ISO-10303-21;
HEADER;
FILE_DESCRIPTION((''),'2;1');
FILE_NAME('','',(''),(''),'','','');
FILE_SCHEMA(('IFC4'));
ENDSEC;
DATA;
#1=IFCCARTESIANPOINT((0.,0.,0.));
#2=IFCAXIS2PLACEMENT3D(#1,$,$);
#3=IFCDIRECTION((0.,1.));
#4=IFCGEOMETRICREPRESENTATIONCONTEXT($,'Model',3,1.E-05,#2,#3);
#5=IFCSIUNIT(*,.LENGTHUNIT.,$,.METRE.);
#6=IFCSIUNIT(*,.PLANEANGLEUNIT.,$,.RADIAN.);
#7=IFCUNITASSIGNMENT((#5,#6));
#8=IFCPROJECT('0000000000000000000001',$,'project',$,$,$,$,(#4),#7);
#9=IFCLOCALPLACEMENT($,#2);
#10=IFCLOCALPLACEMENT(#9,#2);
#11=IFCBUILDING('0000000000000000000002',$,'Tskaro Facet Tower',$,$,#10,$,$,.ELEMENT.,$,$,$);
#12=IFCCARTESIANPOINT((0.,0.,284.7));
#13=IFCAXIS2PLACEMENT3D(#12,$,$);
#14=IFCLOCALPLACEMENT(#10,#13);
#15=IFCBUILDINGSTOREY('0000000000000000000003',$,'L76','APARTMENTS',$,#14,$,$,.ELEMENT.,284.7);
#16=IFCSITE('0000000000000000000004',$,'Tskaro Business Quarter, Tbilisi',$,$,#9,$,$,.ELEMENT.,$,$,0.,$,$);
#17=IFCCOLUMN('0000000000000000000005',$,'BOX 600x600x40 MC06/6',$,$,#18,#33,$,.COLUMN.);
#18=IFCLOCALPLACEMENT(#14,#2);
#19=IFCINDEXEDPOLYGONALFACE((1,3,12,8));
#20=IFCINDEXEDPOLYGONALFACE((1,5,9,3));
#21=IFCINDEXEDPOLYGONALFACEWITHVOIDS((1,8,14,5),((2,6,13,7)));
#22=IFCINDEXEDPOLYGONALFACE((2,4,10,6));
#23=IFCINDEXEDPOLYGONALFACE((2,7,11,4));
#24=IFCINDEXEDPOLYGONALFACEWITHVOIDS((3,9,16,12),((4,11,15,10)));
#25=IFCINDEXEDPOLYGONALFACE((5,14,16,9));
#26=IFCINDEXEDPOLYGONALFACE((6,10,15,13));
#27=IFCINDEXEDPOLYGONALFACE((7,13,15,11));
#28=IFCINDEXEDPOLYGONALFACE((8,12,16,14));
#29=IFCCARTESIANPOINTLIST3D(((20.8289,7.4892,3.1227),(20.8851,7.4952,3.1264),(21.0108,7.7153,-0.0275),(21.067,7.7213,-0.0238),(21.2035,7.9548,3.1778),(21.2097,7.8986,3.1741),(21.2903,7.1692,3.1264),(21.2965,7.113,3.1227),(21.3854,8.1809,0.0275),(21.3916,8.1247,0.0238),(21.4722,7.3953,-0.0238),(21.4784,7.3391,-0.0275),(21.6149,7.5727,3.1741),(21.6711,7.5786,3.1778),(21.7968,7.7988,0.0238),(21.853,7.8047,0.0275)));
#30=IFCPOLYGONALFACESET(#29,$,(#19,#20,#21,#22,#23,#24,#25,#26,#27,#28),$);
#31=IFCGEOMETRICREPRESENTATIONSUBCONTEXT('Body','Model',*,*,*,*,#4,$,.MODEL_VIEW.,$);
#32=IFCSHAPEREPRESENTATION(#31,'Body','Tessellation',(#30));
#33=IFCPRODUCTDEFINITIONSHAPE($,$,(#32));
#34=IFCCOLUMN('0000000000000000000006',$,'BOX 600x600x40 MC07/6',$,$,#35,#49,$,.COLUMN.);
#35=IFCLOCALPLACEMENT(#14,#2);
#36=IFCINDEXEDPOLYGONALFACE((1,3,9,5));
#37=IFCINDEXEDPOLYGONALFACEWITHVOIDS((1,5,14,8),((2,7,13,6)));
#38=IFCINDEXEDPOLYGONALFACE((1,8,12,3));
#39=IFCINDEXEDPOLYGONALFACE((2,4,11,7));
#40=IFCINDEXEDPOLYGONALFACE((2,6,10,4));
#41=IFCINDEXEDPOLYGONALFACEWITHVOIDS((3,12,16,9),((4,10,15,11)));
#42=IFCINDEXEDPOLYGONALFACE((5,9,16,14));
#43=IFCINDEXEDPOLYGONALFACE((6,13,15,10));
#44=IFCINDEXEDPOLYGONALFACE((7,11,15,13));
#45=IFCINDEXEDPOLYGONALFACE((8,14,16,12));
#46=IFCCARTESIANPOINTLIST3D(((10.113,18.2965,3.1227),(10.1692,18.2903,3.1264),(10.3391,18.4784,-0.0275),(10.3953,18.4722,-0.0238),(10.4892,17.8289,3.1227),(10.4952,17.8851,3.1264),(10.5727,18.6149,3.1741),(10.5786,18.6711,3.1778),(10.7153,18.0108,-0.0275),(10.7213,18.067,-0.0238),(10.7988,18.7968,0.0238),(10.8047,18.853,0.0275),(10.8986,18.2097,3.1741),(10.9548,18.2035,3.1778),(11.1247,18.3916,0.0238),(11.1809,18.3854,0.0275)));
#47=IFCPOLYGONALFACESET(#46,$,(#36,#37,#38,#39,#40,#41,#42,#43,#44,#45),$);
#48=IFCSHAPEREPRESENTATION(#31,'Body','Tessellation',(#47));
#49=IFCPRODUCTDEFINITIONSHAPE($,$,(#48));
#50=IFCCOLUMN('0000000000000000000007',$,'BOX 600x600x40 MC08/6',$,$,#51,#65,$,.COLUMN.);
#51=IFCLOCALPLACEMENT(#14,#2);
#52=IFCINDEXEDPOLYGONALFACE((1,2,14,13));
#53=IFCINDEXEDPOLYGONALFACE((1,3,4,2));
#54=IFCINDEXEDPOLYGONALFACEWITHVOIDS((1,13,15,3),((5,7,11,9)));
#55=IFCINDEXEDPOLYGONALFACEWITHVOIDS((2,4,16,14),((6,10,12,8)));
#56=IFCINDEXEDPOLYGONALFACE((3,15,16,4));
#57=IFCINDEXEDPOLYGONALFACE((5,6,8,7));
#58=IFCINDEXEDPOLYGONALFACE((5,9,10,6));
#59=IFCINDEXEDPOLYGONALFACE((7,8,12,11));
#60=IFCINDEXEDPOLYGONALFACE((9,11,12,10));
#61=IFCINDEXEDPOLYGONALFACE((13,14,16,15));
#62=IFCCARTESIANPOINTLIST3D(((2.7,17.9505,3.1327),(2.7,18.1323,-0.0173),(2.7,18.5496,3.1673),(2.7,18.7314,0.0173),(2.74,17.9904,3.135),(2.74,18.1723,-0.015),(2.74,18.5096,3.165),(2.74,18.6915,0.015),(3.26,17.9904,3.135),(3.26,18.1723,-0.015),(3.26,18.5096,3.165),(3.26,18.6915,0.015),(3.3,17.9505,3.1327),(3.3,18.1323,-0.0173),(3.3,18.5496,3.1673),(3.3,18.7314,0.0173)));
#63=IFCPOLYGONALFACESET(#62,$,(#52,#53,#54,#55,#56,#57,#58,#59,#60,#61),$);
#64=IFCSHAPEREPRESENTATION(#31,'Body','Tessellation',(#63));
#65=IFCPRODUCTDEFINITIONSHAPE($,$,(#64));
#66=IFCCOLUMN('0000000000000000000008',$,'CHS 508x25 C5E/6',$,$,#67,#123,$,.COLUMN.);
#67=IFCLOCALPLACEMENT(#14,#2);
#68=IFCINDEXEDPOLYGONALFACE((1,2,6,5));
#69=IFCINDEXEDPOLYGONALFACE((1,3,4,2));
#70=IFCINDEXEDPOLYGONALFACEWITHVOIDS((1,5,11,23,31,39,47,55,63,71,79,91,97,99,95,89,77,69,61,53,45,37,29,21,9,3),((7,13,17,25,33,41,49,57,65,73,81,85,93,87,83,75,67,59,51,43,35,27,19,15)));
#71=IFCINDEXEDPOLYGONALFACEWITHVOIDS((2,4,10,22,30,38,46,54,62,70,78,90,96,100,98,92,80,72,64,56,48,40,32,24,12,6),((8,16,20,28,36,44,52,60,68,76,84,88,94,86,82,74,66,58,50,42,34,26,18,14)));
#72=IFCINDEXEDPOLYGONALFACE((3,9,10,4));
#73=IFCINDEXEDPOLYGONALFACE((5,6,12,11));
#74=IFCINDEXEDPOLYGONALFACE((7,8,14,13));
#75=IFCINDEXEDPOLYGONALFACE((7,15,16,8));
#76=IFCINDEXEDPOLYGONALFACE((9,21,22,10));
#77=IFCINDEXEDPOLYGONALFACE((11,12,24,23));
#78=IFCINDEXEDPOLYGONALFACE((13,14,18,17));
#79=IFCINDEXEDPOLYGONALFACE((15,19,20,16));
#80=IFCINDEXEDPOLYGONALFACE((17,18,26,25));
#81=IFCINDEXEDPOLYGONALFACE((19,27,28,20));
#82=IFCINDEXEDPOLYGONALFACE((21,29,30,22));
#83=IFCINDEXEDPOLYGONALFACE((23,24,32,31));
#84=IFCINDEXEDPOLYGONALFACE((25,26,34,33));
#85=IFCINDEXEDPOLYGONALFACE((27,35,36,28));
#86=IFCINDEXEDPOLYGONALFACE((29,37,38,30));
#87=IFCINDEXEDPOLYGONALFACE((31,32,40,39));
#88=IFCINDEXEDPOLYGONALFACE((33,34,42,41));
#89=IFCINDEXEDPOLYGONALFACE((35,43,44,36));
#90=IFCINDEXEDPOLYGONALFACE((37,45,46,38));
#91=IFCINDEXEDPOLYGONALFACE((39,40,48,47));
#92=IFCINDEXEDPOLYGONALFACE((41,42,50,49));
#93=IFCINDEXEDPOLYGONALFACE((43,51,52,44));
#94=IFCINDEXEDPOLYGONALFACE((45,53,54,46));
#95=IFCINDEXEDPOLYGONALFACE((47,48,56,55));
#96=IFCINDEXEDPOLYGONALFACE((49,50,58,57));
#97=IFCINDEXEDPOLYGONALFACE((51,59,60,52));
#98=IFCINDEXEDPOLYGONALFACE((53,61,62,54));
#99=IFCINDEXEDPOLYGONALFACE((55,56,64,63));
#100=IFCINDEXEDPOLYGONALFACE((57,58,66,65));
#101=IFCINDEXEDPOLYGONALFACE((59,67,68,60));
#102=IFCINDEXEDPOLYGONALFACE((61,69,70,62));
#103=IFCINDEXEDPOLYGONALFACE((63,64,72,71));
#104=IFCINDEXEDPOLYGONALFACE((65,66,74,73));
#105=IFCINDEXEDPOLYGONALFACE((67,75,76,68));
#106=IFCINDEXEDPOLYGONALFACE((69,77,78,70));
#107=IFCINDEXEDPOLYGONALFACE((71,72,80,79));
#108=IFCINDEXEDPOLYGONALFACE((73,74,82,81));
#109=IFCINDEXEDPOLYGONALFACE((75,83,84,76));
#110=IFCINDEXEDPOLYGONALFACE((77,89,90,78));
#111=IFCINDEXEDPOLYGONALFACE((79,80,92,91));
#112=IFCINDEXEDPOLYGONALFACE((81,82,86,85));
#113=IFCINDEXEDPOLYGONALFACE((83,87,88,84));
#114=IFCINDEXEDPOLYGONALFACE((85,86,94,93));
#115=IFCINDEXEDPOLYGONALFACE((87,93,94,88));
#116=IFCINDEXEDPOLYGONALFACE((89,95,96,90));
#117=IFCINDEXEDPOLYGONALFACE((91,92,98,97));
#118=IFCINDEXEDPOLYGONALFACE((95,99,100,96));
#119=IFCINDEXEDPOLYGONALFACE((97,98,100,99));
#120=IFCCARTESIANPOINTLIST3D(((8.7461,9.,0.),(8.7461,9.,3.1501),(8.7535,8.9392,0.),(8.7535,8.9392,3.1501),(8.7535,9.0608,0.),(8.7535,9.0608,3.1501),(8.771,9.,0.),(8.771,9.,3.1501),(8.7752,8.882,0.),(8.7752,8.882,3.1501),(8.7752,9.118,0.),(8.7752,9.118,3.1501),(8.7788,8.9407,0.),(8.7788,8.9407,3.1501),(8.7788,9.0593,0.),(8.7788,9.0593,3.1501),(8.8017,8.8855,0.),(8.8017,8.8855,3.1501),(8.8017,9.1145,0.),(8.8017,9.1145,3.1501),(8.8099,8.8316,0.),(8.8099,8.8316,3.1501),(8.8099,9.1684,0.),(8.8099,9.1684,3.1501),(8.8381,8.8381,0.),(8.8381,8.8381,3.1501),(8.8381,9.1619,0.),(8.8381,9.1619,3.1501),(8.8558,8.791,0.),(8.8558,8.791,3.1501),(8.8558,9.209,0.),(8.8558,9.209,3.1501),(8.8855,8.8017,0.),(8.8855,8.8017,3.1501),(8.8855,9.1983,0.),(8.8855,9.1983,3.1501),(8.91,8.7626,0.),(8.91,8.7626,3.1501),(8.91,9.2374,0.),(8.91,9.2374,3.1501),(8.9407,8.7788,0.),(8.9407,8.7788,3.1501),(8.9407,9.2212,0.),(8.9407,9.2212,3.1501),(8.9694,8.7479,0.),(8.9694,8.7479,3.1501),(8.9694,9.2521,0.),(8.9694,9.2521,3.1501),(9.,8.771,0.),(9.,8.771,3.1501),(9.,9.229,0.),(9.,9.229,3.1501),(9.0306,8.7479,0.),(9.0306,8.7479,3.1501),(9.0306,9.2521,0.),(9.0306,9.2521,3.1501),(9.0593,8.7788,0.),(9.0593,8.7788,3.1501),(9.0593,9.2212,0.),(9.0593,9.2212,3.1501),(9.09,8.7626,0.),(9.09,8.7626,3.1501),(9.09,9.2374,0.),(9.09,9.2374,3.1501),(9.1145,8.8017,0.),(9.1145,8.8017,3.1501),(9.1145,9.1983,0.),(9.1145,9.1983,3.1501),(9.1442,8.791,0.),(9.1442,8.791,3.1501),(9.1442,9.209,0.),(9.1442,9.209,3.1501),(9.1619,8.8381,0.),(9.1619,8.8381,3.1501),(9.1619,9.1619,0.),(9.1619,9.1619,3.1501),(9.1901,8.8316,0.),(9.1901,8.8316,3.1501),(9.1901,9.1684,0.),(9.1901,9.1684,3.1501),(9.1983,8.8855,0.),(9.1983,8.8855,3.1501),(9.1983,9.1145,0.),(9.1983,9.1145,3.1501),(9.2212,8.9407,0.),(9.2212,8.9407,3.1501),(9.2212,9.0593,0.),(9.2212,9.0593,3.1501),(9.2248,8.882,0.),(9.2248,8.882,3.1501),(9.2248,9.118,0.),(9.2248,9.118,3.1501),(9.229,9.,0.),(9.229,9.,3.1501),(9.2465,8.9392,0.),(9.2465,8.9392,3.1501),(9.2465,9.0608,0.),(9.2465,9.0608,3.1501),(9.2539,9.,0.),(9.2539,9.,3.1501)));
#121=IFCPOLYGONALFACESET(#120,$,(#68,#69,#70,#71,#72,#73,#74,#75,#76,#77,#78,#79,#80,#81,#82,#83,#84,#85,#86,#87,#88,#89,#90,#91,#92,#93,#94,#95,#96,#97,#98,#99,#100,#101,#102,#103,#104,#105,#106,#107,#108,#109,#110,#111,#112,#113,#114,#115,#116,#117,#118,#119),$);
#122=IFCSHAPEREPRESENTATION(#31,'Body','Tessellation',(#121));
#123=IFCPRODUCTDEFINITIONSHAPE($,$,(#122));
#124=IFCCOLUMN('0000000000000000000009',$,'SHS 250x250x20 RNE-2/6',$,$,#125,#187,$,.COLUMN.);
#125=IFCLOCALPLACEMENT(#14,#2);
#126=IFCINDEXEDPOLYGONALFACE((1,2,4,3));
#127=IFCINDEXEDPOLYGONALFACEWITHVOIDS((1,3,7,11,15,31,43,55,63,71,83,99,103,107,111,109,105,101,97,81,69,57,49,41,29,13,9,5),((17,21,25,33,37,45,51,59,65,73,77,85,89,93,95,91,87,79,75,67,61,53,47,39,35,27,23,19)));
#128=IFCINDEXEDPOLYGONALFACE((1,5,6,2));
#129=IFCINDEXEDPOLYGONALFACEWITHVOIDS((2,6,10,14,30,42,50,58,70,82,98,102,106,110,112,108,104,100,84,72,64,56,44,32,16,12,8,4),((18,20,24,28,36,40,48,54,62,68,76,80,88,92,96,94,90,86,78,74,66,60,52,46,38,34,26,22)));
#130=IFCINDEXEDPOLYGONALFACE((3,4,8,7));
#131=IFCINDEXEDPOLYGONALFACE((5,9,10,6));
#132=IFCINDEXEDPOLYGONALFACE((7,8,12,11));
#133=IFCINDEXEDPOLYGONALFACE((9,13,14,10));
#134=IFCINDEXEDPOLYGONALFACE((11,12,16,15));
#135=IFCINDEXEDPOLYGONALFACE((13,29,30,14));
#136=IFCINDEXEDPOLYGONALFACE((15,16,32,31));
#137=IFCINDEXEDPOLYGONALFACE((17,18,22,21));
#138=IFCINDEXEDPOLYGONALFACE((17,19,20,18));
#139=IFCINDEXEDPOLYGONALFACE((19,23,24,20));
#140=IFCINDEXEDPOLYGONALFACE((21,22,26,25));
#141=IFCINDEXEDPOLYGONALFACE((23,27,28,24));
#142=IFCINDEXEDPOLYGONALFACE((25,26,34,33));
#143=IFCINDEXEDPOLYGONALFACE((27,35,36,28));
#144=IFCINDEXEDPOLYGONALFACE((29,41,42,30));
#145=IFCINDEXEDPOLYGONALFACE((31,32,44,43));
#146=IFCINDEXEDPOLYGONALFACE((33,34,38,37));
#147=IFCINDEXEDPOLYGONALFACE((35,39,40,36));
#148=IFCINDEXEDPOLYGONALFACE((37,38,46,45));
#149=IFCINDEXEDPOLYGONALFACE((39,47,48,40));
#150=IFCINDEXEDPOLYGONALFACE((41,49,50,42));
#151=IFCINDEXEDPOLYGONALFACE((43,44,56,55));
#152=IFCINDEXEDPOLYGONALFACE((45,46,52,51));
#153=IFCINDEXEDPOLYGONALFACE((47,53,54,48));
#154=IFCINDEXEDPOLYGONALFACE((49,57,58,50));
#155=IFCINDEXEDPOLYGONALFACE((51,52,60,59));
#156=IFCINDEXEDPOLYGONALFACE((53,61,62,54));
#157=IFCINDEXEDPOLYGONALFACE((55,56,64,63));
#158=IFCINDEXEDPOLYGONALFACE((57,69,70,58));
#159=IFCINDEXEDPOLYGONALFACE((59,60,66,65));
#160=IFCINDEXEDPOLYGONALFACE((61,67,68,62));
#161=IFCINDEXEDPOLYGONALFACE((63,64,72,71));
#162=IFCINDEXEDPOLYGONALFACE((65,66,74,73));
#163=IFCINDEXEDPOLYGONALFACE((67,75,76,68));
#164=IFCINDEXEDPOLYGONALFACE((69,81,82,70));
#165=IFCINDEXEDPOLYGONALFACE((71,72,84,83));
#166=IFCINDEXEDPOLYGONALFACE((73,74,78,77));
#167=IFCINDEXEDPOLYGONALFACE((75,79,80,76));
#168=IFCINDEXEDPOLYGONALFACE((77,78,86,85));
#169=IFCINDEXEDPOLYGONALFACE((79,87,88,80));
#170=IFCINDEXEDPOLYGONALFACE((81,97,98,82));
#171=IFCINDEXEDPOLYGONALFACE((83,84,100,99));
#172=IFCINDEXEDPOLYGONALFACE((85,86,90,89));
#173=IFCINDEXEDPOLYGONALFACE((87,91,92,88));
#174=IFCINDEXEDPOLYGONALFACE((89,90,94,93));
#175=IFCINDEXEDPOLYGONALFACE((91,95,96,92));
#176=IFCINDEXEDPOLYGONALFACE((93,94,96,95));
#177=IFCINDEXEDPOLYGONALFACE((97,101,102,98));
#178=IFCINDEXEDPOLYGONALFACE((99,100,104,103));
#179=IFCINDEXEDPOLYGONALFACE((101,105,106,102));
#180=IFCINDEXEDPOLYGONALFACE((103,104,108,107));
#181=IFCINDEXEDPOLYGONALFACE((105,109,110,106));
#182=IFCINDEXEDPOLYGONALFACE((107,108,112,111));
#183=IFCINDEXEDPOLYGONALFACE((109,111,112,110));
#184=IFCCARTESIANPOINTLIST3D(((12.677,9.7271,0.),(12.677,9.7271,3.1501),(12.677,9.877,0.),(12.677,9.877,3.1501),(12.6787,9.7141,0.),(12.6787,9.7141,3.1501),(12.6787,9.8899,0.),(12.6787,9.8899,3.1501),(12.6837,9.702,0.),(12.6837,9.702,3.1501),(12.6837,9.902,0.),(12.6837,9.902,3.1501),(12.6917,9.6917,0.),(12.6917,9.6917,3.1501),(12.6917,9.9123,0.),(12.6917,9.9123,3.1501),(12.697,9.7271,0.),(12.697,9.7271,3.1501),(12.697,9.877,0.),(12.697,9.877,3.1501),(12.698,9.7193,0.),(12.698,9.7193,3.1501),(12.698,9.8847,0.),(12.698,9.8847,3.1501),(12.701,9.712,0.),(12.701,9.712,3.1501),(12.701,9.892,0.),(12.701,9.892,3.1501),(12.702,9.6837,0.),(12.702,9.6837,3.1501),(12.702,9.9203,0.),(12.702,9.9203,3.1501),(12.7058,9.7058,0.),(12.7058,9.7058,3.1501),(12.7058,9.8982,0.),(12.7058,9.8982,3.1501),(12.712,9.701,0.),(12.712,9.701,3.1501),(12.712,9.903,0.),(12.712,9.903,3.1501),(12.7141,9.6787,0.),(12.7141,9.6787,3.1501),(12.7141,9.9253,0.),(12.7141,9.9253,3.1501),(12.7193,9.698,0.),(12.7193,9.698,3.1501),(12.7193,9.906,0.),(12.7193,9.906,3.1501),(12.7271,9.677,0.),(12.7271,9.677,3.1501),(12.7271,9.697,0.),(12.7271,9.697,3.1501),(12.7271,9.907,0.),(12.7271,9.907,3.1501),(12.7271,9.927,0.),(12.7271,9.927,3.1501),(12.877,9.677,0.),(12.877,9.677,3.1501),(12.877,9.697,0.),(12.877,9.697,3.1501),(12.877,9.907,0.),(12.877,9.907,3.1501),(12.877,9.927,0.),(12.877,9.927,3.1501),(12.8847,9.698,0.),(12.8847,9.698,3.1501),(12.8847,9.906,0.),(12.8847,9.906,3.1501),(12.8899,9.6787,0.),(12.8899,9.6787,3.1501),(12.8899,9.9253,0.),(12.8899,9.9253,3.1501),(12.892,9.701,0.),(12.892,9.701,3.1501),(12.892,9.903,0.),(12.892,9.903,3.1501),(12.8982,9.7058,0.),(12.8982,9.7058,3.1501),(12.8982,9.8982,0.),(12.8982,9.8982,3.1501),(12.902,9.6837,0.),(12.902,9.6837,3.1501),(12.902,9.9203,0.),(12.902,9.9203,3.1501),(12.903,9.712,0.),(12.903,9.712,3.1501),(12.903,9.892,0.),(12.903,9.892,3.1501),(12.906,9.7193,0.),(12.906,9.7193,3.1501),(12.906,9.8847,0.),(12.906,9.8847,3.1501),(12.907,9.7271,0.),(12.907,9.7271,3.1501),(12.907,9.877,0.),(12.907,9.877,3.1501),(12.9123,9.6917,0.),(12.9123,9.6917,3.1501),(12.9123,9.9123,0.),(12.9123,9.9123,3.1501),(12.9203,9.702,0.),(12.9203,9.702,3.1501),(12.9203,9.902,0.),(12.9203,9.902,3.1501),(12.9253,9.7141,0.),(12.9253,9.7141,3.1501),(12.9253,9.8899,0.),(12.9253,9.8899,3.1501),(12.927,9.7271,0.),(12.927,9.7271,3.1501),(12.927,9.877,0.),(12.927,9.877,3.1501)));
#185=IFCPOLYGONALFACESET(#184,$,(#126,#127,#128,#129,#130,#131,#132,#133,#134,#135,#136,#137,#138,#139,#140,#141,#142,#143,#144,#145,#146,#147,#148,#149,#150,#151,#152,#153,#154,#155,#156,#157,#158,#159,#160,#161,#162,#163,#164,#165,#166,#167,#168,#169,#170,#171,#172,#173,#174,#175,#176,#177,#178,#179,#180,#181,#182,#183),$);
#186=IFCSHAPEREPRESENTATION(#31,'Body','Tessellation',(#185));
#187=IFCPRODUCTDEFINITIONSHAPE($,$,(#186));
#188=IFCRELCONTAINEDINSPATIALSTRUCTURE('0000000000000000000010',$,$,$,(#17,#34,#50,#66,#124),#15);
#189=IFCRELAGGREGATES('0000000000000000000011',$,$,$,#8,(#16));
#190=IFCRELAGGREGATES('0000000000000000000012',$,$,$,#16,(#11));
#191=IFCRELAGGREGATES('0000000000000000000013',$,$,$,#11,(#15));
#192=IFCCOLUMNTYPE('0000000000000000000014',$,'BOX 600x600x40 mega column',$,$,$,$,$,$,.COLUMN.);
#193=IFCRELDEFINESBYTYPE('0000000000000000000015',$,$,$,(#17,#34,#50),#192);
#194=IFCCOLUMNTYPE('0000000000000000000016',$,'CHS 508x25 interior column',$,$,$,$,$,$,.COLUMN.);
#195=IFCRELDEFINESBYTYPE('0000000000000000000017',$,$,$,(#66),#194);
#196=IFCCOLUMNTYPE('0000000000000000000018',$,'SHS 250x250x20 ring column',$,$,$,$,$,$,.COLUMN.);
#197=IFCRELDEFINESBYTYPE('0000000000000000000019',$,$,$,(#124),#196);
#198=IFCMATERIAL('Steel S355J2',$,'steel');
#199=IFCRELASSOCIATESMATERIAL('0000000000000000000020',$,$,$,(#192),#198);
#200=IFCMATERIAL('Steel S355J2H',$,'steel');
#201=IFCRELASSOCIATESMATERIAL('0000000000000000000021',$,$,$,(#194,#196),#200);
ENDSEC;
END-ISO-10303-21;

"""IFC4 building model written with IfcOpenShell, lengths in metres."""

from ifc_helpers import new_model, si_unit, direction, frame, origin, origin_2d, place, context, subcontext, project, spatial, hollow_rectangle, hollow_circle, extrude, material, material_profile, profile_set, type_object, element, save


model = new_model("IFC4")

# Units and contexts
model_context = context("Model", 3, precision=1e-05, world=origin(), true_north=direction((0.0, 1.0)))
body_context = subcontext(model_context, "Body", "Model", "MODEL_VIEW")
ifc_project = project(units=[si_unit("LENGTHUNIT", "METRE"), si_unit("PLANEANGLEUNIT", "RADIAN")], contexts=[model_context])

# Site, building, storey
site_placement = place(None, origin())
site = spatial("IfcSite", under=ifc_project, at=site_placement, Name="Tskaro Business Quarter, Tbilisi", CompositionType="ELEMENT", RefElevation=0.0)
building_placement = place(site_placement, origin())
building = spatial("IfcBuilding", under=site, at=building_placement, Name="Tskaro Facet Tower", CompositionType="ELEMENT")
storey_placement = place(building_placement, frame((0.0, 0.0, 284.7)))
storey = spatial("IfcBuildingStorey", under=building, at=storey_placement, Name="L76", Description="APARTMENTS", CompositionType="ELEMENT", Elevation=284.7)

# Columns
ifc_material_1 = material(Name="Steel S355J2", Category="steel")
ifc_material_profile_1 = material_profile(ifc_material_1, hollow_rectangle(XDim=0.6001, YDim=0.6001, WallThickness=0.04, at=origin_2d()), Name="BOX 600x600x40")
ifc_profile_set_1 = profile_set([ifc_material_profile_1], Name="Steel S355J2")
column_type_1 = type_object("IfcColumnType", Name="BOX 600x600x40 mega column", PredefinedType="COLUMN", material=ifc_profile_set_1)
for number, where, z_axis, x_axis, name in (
    (1, (21.4319, 7.76, 0.0), (-0.057495, -0.071464, 0.995785), (0.779142, -0.626847, 0.0), "BOX 600x600x40 MC06/6"),
    (2, (10.76, 18.4319, 0.0), (-0.071464, -0.057495, 0.995785), (0.626847, -0.779142, 0.0), "BOX 600x600x40 MC07/6"),
):
    element("IfcColumn", number, at=place(storey_placement, frame(where, z_axis=z_axis, x_axis=x_axis)), inside=storey, type_object=column_type_1, Name=name, PredefinedType="COLUMN", context=body_context, shape_type="SweptSolid", body=[
        extrude(hollow_rectangle(XDim=0.6001, YDim=0.6001, WallThickness=0.04, at=origin_2d()), origin(), (0.0, 0.0, 1.0), 3.1636),
    ])
column_1_placement = place(storey_placement, frame((3.0, 18.4319, 0.0), z_axis=(0.0, -0.057643, 0.998337), x_axis=(1.0, 0.0, 0.0)))
element("IfcColumn", 3, at=column_1_placement, inside=storey, type_object=column_type_1, Name="BOX 600x600x40 MC08/6", PredefinedType="COLUMN", context=body_context, shape_type="SweptSolid", body=[
    extrude(hollow_rectangle(XDim=0.6001, YDim=0.6001, WallThickness=0.04, at=origin_2d()), origin(), (0.0, 0.0, 1.0), 3.1553),
])
ifc_material_2 = material(Name="Steel S355J2H", Category="steel")
ifc_material_profile_2 = material_profile(ifc_material_2, hollow_circle(Radius=0.2539, WallThickness=0.0249, at=origin_2d()), Name="CHS 508x25")
ifc_profile_set_2 = profile_set([ifc_material_profile_2], Name="Steel S355J2H")
column_type_2 = type_object("IfcColumnType", Name="CHS 508x25 interior column", PredefinedType="COLUMN", material=ifc_profile_set_2)
column_2_placement = place(storey_placement, frame((9.0, 9.0, 0.0), z_axis=(0.0, 0.0, 1.0), x_axis=(1.0, 0.0, 0.0)))
element("IfcColumn", 4, at=column_2_placement, inside=storey, type_object=column_type_2, Name="CHS 508x25 C5E/6", PredefinedType="COLUMN", context=body_context, shape_type="SweptSolid", body=[
    extrude(hollow_circle(Radius=0.2539, WallThickness=0.0249, at=origin_2d()), origin(), (0.0, 0.0, 1.0), 3.1501),
])
ifc_material_profile_3 = material_profile(ifc_material_2, hollow_rectangle(XDim=0.25, YDim=0.25, WallThickness=0.02, InnerFilletRadius=0.03, OuterFilletRadius=0.05, at=origin_2d()), Name="SHS 250x250x20")
ifc_profile_set_3 = profile_set([ifc_material_profile_3], Name="Steel S355J2H")
column_type_3 = type_object("IfcColumnType", Name="SHS 250x250x20 ring column", PredefinedType="COLUMN", material=ifc_profile_set_3)
for number, where, z_axis, x_axis, name in (
    (5, (12.802, 9.802, 0.0), (0.0, 0.0, 1.0), (1.0, 0.0, 0.0), "SHS 250x250x20 RNE-2/6"),
):
    element("IfcColumn", number, at=place(storey_placement, frame(where, z_axis=z_axis, x_axis=x_axis)), inside=storey, type_object=column_type_3, Name=name, PredefinedType="COLUMN", context=body_context, shape_type="SweptSolid", body=[
        extrude(hollow_rectangle(XDim=0.25, YDim=0.25, WallThickness=0.02, InnerFilletRadius=0.03, OuterFilletRadius=0.05, at=origin_2d()), origin(), (0.0, 0.0, 1.0), 3.1501),
    ])

save(model, "model.ifc")
